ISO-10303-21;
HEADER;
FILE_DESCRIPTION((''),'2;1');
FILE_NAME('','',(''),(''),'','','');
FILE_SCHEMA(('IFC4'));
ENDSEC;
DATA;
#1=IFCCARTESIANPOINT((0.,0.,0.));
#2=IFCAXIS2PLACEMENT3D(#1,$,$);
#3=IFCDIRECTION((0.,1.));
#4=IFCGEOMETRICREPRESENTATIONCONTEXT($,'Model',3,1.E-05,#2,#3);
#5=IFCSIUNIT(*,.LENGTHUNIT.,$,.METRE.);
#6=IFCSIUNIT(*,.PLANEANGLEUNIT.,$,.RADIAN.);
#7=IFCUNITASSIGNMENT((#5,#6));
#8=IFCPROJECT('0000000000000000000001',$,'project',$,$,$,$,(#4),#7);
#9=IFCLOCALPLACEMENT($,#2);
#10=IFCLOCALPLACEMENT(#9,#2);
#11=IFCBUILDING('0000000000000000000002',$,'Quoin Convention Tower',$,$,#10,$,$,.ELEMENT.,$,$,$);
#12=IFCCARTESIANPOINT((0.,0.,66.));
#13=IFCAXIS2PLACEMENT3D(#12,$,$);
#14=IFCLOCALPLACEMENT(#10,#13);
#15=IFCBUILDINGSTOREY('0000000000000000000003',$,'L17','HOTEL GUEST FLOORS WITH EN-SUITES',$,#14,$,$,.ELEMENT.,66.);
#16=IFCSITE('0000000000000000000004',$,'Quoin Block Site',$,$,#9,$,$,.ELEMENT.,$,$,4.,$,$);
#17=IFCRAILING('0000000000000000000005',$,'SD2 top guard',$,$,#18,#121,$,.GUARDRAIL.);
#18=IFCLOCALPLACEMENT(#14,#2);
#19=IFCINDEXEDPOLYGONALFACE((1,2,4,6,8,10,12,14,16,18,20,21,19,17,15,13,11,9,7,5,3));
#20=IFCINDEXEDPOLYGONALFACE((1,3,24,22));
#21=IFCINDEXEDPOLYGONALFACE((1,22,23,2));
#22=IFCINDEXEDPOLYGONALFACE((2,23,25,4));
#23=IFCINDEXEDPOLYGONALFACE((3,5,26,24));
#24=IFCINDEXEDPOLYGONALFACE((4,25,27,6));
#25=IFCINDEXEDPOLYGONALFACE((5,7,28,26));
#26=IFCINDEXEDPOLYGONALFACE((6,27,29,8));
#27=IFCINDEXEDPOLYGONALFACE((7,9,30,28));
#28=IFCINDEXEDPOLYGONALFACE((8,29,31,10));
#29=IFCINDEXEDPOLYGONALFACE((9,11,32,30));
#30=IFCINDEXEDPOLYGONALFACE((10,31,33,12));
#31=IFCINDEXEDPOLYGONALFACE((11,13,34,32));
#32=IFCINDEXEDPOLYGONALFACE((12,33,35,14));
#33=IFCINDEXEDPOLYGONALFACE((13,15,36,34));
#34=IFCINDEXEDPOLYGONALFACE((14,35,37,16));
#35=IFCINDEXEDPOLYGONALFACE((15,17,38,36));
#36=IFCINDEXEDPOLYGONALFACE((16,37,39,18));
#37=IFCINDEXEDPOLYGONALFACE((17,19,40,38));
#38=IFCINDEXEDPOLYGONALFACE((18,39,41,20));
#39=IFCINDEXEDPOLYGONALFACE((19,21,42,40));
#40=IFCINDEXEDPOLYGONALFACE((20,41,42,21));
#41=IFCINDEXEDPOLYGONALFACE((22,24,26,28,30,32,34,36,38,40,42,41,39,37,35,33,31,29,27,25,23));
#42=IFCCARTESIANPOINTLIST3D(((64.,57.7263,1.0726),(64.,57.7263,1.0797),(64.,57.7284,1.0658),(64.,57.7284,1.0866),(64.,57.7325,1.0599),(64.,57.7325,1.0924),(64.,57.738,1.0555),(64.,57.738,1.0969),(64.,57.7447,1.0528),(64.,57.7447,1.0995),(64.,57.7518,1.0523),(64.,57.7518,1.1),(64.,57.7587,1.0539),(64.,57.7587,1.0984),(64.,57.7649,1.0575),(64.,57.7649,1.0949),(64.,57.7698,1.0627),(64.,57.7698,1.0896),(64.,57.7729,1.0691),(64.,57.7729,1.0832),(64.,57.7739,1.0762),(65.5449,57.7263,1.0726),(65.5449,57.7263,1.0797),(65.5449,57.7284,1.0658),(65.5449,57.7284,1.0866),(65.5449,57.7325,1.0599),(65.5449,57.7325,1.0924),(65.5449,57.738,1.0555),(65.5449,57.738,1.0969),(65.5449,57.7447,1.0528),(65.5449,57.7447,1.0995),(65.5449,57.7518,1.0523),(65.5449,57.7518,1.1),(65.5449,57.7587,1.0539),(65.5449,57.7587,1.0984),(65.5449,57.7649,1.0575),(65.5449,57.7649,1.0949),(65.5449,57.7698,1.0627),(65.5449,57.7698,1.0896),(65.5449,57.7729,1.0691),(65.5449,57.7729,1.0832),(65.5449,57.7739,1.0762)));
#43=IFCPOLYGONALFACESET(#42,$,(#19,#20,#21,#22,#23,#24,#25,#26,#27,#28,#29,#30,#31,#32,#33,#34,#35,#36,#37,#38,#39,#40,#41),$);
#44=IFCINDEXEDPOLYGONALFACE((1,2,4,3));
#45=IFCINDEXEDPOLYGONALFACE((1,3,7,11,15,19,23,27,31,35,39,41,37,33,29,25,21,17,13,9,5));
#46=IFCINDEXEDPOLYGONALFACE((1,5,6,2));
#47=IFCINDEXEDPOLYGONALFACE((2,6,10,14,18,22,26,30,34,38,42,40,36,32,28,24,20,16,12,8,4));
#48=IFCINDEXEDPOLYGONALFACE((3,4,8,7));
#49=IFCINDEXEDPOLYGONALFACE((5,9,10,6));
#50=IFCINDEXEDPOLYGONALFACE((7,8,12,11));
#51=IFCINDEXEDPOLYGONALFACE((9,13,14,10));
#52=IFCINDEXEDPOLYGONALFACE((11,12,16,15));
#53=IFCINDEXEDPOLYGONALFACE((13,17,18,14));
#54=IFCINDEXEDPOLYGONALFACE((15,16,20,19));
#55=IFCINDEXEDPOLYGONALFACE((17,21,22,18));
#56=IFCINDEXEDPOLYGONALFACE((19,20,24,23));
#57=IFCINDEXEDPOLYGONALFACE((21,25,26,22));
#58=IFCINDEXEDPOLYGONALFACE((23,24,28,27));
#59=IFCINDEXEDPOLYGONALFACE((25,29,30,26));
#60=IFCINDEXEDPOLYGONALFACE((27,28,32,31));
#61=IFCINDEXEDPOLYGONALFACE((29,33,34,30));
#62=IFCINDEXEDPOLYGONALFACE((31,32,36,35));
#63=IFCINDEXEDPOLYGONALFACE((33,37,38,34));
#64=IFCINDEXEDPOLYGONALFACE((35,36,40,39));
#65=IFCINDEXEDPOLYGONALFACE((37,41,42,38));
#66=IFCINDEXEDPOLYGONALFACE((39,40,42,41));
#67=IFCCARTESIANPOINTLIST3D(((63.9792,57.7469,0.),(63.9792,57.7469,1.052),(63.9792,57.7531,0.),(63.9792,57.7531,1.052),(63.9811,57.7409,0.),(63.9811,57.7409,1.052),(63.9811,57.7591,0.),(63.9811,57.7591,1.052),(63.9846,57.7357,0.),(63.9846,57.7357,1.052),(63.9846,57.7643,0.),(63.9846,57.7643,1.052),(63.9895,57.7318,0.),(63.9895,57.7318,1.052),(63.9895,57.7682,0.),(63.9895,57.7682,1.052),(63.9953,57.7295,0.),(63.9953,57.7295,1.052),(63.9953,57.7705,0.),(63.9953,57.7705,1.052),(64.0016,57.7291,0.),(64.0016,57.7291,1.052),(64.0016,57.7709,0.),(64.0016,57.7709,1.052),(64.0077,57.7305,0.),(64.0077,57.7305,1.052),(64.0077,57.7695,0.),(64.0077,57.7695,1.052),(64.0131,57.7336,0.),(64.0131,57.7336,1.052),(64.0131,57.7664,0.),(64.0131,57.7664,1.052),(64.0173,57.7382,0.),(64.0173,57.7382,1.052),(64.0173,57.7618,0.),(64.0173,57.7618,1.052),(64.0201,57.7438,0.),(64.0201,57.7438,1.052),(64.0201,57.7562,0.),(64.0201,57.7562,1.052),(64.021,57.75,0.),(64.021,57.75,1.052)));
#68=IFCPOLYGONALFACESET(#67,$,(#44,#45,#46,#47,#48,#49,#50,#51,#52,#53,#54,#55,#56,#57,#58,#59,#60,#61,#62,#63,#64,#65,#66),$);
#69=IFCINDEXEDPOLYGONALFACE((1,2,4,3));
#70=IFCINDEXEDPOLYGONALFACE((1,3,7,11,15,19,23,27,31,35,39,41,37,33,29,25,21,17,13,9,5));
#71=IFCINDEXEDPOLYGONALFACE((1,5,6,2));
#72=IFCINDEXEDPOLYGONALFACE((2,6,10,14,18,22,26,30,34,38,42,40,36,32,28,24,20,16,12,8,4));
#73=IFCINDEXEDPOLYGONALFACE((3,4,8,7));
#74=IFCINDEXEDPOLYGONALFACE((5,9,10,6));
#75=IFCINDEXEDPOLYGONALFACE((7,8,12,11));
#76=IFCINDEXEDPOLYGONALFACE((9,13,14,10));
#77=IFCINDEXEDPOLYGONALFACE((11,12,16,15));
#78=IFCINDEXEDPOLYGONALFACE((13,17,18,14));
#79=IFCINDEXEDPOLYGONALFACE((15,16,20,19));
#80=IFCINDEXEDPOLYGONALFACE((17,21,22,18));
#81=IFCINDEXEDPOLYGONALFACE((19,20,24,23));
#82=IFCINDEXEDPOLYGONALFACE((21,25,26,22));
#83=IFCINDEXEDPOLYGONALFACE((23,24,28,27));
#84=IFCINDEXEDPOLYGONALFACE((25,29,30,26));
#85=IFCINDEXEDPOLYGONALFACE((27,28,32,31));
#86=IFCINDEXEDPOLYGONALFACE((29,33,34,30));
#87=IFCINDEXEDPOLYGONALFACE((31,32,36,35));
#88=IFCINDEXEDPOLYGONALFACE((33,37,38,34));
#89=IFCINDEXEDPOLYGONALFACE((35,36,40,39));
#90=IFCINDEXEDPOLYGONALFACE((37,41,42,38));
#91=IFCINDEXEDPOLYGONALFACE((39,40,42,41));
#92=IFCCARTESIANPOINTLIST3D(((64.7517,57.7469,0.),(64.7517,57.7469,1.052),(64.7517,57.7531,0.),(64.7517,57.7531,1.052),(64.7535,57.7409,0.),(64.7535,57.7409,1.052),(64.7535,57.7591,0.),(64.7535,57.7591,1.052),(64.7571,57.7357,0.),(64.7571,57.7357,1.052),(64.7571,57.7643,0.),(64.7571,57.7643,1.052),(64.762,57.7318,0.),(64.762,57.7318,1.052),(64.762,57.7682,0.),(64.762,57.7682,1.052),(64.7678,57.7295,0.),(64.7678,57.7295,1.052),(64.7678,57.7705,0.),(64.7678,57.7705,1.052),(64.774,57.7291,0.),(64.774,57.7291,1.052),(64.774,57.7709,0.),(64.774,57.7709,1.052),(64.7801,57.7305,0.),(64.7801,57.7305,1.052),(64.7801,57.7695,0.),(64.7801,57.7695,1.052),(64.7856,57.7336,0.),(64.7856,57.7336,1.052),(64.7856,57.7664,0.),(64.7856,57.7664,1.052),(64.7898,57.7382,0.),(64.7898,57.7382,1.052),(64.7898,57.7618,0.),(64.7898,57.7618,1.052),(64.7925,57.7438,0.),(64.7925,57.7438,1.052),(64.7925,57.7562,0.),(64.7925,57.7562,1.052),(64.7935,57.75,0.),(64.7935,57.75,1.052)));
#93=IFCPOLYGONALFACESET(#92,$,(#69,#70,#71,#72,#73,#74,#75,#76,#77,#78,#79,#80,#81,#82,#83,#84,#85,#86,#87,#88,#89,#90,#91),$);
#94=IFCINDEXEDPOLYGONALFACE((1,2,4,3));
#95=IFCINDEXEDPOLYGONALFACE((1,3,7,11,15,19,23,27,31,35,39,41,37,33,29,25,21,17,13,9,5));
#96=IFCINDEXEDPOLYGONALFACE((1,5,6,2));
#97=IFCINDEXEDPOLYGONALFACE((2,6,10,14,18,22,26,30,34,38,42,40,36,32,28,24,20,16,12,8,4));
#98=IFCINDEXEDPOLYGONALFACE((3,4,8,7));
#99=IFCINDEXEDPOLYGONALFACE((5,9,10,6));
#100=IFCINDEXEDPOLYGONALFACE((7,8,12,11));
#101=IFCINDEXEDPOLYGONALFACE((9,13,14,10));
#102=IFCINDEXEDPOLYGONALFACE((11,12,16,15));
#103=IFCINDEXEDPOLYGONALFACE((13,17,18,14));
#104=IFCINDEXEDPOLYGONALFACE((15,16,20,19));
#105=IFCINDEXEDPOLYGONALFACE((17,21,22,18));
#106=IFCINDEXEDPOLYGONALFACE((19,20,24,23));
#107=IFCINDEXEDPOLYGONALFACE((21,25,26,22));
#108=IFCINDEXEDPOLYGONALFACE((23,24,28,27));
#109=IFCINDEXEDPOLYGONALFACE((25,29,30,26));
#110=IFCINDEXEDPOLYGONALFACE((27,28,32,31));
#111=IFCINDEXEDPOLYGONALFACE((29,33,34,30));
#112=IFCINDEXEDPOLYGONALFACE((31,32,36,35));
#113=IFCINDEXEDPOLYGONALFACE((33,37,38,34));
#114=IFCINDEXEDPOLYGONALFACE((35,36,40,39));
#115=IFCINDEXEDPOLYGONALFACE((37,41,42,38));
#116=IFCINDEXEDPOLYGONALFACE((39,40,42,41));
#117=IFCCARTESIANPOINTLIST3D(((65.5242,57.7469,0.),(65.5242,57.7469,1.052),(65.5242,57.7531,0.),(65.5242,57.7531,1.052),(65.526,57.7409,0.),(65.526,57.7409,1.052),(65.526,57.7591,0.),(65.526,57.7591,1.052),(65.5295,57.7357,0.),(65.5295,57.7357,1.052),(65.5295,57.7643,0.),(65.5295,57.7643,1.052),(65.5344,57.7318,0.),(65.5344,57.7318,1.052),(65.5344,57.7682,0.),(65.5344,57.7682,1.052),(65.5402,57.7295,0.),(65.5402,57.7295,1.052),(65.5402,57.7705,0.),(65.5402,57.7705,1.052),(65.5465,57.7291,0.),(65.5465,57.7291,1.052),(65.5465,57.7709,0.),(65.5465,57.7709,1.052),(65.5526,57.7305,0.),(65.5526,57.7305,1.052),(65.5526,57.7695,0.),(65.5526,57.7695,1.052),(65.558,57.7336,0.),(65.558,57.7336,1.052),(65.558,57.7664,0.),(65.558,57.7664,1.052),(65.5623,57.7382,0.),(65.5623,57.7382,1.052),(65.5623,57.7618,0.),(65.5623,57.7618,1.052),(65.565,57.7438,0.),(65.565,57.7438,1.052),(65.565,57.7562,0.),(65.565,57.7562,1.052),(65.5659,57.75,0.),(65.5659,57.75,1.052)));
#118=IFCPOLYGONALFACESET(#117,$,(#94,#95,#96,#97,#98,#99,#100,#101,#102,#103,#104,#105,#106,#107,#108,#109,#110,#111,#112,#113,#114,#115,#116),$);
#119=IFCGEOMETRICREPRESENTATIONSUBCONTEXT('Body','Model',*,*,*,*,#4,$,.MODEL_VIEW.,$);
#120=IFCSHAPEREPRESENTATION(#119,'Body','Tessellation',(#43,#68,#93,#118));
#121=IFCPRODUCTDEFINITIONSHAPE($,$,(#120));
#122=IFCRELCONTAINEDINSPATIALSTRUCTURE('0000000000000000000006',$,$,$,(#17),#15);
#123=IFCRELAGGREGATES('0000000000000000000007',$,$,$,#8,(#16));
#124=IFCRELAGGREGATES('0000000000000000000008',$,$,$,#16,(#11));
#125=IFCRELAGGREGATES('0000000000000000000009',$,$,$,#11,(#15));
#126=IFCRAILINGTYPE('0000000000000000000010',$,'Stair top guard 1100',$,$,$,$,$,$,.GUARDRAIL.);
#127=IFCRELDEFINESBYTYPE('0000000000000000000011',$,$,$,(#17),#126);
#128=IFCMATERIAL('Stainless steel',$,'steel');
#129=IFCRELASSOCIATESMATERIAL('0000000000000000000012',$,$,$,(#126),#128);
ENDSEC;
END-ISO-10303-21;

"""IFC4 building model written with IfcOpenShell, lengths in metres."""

from ifc_helpers import new_model, si_unit, direction, frame, origin, origin_2d, place, context, subcontext, project, spatial, circle, extrude, material, type_object, element, save


model = new_model("IFC4")

# Units and contexts
model_context = context("Model", 3, precision=1e-05, world=origin(), true_north=direction((0.0, 1.0)))
body_context = subcontext(model_context, "Body", "Model", "MODEL_VIEW")
ifc_project = project(units=[si_unit("LENGTHUNIT", "METRE"), si_unit("PLANEANGLEUNIT", "RADIAN")], contexts=[model_context])

# Site, building, storey
site_placement = place(None, origin())
site = spatial("IfcSite", under=ifc_project, at=site_placement, Name="Quoin Block Site", CompositionType="ELEMENT", RefElevation=4.0)
building_placement = place(site_placement, origin())
building = spatial("IfcBuilding", under=site, at=building_placement, Name="Quoin Convention Tower", CompositionType="ELEMENT")
storey_placement = place(building_placement, frame((0.0, 0.0, 66.0)))
storey = spatial("IfcBuildingStorey", under=building, at=storey_placement, Name="L17", Description="HOTEL GUEST FLOORS WITH EN-SUITES", CompositionType="ELEMENT", Elevation=66.0)

# Railing
ifc_material_1 = material(Name="Stainless steel", Category="steel")
railing_type = type_object("IfcRailingType", Name="Stair top guard 1100", PredefinedType="GUARDRAIL", material=ifc_material_1)
railing_placement = place(storey_placement, frame((64.0, 57.75, 0.0)))
element("IfcRailing", 1, at=railing_placement, inside=storey, type_object=railing_type, Name="SD2 top guard", PredefinedType="GUARDRAIL", context=body_context, shape_type="SweptSolid", body=[
    extrude(circle(Radius=0.0239, at=origin_2d()), frame((0.0, 0.0, 1.0762), z_axis=(1.0, 0.0, 0.0), x_axis=(0.0, 1.0, 0.0)), (0.0, 0.0, 1.0), 1.5449),
    extrude(circle(Radius=0.021, at=origin_2d()), origin(), (0.0, 0.0, 1.0), 1.052),
    extrude(circle(Radius=0.021, at=origin_2d()), frame((0.7725, 0.0, 0.0)), (0.0, 0.0, 1.0), 1.052),
    extrude(circle(Radius=0.021, at=origin_2d()), frame((1.5449, 0.0, 0.0)), (0.0, 0.0, 1.0), 1.052),
])

save(model, "model.ifc")
